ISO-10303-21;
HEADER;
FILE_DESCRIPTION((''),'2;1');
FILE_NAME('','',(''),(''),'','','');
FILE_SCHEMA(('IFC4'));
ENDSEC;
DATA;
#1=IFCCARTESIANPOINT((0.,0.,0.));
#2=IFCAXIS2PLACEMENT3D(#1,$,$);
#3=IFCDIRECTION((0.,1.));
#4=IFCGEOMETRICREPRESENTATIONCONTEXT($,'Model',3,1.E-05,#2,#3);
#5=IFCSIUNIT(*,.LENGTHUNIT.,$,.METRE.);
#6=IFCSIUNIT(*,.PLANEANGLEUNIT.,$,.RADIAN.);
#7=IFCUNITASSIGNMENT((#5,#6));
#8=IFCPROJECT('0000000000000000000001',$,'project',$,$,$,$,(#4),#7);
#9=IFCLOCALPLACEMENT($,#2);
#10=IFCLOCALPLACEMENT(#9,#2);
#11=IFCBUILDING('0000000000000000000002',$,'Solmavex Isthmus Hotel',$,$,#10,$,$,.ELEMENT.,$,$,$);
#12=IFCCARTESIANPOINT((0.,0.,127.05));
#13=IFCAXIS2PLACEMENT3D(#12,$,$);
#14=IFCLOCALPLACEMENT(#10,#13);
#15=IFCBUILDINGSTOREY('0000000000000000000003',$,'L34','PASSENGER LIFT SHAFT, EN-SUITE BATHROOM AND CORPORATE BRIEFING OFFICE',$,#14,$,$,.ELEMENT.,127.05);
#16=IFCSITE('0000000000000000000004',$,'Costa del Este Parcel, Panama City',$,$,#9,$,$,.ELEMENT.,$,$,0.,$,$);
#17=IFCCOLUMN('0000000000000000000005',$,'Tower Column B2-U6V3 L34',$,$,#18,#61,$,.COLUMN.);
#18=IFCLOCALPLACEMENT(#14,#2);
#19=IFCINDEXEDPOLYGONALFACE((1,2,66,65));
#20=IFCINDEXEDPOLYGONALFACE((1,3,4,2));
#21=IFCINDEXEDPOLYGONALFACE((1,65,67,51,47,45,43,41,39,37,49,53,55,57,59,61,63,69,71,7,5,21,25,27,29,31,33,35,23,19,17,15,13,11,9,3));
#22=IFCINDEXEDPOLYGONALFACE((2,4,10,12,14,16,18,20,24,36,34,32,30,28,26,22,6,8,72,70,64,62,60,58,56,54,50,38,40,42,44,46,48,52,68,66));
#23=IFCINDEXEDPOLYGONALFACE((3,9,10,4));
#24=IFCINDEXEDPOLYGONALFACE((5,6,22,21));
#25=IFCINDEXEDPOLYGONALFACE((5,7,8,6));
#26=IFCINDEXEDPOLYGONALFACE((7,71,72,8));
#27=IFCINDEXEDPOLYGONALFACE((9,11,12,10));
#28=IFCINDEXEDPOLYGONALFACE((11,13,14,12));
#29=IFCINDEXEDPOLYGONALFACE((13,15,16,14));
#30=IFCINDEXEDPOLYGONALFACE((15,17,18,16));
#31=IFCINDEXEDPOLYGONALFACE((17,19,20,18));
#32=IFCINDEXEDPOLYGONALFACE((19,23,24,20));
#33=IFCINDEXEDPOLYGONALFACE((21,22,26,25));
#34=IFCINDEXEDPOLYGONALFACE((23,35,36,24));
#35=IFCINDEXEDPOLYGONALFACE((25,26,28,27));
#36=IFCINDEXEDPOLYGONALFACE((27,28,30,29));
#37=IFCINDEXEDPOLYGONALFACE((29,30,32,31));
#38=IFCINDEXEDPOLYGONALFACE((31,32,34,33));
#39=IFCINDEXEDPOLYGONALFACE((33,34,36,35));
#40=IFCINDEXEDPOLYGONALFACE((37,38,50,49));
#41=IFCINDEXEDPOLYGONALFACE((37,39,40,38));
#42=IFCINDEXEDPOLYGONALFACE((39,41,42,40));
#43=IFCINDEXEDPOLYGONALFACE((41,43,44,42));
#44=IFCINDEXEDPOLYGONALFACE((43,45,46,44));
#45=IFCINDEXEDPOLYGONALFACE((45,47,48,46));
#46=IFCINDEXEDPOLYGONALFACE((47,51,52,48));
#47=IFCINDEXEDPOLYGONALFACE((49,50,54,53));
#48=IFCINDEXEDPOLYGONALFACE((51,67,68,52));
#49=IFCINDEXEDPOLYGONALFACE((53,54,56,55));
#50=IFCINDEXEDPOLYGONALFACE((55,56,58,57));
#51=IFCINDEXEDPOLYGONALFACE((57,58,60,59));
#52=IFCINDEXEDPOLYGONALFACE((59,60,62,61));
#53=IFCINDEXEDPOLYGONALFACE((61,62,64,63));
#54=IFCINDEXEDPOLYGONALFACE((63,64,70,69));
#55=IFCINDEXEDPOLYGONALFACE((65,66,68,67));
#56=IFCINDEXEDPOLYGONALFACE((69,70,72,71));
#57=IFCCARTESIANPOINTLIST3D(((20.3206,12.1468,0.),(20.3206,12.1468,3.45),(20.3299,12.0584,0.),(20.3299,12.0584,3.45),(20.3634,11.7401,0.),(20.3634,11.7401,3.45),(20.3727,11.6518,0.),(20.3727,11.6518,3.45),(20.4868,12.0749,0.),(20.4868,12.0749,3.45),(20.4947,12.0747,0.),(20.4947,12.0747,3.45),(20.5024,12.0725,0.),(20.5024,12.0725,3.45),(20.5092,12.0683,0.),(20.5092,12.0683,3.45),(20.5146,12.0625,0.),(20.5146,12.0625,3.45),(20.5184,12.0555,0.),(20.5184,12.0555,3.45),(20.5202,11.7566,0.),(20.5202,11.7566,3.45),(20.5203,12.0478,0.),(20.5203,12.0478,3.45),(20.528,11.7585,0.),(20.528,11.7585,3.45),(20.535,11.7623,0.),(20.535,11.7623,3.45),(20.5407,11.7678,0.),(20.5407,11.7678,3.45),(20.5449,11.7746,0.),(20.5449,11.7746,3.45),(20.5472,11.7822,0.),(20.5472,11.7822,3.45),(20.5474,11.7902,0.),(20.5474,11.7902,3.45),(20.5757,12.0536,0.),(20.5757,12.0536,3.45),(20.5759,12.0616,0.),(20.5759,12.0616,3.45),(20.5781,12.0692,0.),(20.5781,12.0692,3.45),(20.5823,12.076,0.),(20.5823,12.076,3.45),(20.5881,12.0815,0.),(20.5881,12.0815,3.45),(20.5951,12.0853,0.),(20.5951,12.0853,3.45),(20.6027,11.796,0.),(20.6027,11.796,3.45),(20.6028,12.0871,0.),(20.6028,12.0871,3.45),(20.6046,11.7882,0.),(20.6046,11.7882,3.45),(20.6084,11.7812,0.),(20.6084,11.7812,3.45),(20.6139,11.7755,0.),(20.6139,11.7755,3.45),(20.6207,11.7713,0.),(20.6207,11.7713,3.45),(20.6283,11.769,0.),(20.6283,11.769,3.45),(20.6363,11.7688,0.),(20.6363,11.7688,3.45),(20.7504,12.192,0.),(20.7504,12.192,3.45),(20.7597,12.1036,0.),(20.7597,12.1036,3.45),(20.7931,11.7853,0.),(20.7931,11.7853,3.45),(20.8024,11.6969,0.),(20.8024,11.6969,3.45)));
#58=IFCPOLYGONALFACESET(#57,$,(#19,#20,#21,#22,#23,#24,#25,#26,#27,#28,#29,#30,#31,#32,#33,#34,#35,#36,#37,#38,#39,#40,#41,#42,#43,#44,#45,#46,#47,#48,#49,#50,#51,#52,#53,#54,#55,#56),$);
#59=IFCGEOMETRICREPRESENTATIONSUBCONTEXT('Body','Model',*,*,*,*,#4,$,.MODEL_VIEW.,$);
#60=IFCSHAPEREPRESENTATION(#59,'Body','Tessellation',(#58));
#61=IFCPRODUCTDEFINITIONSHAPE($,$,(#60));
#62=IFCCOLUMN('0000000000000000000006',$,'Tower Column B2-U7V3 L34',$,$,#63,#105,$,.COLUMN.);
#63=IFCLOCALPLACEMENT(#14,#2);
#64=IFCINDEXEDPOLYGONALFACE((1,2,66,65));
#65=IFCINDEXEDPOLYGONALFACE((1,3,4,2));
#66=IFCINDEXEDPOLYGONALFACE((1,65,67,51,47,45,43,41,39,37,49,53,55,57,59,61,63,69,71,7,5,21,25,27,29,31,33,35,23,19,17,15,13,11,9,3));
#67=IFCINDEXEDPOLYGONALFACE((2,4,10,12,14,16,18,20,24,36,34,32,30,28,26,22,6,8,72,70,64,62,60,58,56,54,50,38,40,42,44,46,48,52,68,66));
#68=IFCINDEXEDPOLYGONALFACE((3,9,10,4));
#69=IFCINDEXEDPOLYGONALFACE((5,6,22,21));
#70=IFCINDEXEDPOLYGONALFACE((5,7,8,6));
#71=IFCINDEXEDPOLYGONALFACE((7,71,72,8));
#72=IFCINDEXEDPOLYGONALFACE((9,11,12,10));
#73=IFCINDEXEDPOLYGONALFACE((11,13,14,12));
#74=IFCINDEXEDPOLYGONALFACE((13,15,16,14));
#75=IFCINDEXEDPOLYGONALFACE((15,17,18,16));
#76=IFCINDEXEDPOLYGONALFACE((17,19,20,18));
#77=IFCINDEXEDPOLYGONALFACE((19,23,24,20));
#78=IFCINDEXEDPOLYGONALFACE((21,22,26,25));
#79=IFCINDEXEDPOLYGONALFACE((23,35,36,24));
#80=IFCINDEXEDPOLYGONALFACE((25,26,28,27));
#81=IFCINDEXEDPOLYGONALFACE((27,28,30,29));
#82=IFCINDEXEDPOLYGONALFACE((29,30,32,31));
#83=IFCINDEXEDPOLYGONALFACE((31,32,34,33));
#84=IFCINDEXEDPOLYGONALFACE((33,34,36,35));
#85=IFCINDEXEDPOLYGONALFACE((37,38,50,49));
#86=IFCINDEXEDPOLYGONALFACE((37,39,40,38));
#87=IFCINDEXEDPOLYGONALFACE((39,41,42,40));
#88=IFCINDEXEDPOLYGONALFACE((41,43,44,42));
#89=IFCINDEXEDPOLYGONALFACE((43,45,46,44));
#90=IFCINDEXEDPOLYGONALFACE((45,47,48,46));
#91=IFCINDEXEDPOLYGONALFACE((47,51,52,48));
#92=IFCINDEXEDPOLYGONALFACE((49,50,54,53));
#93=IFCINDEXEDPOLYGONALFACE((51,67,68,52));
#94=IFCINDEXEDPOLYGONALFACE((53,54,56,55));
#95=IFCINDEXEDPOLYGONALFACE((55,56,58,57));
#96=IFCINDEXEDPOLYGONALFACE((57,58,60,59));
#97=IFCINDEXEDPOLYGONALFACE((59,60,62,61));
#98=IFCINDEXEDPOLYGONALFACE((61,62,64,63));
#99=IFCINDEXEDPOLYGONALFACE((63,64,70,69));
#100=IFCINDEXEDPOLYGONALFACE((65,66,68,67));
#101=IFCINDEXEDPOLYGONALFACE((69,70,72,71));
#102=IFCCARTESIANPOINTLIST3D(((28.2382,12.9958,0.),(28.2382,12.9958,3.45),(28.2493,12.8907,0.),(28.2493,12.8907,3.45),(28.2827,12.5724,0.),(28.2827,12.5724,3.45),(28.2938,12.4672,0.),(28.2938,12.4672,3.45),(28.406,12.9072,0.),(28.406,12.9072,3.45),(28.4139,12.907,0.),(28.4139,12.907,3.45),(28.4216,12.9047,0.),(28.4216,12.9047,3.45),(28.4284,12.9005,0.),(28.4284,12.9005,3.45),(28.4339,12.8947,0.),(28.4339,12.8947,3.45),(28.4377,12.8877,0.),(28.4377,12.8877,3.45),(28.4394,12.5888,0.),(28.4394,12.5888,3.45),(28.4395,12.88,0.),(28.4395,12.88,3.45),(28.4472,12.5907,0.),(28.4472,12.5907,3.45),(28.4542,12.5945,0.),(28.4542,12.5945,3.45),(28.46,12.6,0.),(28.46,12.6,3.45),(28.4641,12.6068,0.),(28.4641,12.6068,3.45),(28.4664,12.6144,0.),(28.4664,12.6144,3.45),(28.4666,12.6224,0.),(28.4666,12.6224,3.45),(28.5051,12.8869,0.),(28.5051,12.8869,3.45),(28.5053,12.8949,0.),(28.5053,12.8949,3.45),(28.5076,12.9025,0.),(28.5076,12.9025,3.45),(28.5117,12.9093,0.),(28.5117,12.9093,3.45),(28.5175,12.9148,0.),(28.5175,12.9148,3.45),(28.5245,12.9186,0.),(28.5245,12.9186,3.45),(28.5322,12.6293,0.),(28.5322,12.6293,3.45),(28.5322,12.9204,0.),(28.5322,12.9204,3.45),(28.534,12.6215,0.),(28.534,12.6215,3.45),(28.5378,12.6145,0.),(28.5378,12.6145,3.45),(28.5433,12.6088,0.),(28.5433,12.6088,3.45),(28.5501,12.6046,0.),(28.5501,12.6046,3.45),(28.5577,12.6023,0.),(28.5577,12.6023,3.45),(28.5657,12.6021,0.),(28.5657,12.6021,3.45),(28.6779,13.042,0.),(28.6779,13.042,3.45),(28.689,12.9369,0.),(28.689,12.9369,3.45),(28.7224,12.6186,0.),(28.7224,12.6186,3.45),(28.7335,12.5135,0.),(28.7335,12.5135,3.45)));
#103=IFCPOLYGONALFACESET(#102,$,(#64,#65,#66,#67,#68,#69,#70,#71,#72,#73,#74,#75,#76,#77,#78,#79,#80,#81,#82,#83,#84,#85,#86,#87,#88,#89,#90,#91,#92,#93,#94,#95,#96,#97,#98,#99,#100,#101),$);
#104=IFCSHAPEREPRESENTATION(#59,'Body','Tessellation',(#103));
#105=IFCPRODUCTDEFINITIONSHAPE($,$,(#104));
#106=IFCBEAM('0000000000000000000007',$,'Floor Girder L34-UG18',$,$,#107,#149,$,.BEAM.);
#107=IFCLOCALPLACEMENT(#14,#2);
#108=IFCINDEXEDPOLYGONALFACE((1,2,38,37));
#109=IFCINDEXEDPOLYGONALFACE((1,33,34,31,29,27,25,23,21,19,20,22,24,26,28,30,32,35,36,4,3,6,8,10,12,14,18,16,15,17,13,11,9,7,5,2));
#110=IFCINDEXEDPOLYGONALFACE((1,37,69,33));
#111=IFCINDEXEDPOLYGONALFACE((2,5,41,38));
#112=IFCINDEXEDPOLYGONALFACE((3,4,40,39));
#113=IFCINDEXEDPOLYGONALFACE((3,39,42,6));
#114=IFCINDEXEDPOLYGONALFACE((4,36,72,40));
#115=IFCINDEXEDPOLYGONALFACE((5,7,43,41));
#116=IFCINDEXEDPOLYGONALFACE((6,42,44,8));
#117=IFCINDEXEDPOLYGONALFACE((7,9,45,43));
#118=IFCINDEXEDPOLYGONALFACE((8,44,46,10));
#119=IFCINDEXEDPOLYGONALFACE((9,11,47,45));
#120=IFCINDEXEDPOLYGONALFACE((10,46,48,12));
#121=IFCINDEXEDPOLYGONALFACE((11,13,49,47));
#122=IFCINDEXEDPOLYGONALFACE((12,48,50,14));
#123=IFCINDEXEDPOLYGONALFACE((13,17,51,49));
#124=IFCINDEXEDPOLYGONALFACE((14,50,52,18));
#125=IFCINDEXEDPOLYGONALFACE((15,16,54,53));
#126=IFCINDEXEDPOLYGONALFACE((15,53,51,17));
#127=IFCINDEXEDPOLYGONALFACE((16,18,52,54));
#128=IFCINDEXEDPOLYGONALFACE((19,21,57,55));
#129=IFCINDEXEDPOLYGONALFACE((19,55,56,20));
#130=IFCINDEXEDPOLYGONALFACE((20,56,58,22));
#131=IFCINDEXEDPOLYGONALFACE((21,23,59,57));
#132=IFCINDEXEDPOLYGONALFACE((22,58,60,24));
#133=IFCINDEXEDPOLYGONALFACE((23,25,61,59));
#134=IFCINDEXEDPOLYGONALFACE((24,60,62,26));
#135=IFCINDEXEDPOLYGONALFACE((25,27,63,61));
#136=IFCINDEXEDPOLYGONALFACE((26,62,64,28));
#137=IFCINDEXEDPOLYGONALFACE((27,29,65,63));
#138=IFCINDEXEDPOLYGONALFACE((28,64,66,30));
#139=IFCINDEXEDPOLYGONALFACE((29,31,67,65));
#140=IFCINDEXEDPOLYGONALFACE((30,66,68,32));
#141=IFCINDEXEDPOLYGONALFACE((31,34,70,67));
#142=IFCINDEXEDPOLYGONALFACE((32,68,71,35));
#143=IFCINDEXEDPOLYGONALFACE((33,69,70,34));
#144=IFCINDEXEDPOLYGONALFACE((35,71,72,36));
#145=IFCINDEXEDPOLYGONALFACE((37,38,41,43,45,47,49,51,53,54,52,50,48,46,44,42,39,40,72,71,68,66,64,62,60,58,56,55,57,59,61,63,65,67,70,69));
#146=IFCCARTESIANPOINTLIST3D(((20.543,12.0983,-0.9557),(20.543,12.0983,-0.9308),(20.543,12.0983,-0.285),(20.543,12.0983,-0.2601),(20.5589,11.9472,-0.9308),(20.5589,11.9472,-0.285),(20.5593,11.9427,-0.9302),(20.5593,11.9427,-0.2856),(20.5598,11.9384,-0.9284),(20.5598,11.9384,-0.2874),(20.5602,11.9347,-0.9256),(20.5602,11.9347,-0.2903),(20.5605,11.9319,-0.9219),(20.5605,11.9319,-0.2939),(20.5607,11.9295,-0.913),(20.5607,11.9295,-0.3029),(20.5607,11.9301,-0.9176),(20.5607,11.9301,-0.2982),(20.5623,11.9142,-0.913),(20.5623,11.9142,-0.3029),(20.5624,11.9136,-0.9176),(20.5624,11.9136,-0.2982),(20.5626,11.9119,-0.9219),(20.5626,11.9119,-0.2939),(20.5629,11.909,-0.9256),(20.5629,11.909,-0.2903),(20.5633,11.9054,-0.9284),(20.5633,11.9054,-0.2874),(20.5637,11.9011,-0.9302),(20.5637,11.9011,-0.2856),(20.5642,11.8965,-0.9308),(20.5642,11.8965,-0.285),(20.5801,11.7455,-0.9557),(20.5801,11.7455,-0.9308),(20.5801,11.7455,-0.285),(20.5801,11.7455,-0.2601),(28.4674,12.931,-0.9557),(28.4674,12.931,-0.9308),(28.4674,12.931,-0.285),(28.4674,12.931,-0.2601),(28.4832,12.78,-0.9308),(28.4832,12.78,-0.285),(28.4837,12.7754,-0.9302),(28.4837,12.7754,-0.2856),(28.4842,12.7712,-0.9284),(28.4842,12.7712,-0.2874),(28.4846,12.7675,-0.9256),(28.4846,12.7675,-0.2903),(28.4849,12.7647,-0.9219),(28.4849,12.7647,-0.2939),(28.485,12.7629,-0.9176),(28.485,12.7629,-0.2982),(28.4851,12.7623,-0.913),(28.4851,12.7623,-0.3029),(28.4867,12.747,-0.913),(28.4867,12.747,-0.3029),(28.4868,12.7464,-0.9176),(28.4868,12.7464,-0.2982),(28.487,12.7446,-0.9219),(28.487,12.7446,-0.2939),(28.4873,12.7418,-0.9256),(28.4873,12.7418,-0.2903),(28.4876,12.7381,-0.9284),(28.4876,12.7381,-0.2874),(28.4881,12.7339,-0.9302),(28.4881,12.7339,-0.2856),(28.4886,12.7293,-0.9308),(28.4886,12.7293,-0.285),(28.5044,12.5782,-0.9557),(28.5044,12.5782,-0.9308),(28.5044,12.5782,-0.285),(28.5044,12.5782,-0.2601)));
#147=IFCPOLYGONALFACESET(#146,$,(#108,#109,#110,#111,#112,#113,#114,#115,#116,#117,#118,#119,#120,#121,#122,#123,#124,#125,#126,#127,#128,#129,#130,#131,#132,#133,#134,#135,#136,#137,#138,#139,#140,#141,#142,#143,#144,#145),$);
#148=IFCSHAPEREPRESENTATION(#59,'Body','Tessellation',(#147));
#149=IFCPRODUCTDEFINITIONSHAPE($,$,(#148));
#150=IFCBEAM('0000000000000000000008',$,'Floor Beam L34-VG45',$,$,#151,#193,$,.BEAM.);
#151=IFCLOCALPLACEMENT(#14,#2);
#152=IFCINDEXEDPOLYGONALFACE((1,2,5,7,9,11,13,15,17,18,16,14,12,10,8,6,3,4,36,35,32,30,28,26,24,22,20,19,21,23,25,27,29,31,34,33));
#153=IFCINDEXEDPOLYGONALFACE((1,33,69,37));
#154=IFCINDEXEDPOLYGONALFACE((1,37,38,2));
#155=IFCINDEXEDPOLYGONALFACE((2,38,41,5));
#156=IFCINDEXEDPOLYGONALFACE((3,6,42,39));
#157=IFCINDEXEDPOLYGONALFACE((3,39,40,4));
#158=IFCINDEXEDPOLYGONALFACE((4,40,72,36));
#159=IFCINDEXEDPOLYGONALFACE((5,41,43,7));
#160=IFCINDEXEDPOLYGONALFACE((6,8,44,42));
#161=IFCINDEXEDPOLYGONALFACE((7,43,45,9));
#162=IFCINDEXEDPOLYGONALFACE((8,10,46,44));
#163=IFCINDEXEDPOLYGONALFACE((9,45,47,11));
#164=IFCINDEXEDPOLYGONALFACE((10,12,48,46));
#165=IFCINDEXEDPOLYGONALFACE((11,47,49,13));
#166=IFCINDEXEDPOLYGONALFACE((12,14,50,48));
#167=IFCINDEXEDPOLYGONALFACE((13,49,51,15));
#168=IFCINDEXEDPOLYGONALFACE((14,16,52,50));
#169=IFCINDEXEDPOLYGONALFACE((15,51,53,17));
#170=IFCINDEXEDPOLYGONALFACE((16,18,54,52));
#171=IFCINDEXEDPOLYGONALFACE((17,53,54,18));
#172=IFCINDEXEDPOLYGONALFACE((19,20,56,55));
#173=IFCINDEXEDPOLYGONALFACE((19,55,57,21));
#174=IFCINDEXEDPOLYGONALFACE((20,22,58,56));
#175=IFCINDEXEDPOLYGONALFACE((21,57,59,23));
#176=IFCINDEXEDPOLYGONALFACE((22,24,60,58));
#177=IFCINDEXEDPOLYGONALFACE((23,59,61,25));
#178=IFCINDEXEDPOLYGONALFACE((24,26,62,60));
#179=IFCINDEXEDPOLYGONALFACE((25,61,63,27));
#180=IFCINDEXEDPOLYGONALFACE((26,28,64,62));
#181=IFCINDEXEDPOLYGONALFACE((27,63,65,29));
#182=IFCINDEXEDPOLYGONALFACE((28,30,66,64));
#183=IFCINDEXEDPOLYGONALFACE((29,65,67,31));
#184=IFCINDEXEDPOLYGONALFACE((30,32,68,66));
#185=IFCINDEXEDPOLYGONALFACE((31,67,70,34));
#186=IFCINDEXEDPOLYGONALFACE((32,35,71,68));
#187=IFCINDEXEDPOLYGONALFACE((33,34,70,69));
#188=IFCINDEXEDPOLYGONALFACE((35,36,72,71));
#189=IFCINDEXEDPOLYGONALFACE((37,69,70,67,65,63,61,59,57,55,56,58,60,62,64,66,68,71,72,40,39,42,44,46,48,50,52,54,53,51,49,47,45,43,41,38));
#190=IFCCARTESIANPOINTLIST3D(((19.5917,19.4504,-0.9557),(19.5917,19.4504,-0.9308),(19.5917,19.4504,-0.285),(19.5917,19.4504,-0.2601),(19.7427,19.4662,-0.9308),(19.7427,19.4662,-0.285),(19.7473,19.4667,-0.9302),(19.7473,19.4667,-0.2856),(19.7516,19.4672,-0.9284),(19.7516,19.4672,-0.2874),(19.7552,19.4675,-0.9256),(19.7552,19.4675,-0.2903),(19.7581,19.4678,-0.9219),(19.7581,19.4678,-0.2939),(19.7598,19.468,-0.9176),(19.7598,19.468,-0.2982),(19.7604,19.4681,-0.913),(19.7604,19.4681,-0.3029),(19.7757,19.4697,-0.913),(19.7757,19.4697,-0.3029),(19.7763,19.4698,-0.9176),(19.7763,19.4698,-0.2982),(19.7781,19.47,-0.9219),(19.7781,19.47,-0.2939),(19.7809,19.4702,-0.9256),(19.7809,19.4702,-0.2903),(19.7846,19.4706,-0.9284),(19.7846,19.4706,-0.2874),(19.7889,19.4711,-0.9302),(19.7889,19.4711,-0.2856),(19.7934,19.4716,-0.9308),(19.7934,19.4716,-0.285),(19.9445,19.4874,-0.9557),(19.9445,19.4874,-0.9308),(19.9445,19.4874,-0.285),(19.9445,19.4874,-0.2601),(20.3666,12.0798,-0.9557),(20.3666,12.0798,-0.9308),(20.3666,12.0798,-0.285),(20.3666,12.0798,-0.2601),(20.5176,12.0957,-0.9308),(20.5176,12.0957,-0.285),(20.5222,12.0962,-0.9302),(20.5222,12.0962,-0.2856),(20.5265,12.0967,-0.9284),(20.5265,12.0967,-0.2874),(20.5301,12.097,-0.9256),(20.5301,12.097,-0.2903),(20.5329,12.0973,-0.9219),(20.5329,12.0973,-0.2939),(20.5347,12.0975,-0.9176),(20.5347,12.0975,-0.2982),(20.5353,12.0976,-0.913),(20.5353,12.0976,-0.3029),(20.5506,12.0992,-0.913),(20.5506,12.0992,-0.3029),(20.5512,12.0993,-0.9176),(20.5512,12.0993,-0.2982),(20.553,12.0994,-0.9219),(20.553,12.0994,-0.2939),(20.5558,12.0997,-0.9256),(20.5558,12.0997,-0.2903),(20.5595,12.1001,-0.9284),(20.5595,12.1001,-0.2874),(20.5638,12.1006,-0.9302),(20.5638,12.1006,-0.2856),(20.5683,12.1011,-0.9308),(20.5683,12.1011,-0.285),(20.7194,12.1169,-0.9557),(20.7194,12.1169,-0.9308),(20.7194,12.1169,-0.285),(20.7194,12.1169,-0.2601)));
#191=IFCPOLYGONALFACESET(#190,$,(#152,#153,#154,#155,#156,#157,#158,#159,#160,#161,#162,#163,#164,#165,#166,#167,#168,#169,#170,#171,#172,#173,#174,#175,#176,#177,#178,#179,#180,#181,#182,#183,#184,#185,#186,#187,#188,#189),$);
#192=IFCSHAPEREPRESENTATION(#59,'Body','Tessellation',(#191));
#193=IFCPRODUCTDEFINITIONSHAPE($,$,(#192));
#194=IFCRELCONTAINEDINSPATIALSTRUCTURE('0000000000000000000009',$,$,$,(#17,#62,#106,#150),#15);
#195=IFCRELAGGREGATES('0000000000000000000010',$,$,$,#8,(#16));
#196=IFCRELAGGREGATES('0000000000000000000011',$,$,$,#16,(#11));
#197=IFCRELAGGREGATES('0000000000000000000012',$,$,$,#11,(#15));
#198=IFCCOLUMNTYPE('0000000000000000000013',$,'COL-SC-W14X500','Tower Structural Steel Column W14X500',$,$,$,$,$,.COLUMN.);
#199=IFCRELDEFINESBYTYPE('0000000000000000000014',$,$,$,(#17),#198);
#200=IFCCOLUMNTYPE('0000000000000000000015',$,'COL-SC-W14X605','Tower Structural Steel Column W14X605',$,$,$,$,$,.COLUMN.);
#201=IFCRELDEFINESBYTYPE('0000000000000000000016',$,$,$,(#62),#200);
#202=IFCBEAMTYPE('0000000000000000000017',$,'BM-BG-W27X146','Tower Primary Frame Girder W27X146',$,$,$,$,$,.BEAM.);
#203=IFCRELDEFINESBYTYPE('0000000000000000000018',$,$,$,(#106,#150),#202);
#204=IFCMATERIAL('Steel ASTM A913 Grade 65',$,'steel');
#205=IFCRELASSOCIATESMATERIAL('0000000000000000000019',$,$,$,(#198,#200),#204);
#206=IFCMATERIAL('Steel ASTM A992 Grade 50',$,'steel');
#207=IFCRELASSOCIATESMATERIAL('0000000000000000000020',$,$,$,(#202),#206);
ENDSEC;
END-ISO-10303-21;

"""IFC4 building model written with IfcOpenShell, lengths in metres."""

from ifc_helpers import new_model, si_unit, direction, frame, origin, origin_2d, place, context, subcontext, project, spatial, i_section, extrude, material, material_profile, profile_set, type_object, element, save


model = new_model("IFC4")

# Units and contexts
model_context = context("Model", 3, precision=1e-05, world=origin(), true_north=direction((0.0, 1.0)))
body_context = subcontext(model_context, "Body", "Model", "MODEL_VIEW")
ifc_project = project(units=[si_unit("LENGTHUNIT", "METRE"), si_unit("PLANEANGLEUNIT", "RADIAN")], contexts=[model_context])

# Site, building, storey
site_placement = place(None, origin())
site = spatial("IfcSite", under=ifc_project, at=site_placement, Name="Costa del Este Parcel, Panama City", CompositionType="ELEMENT", RefElevation=0.0)
building_placement = place(site_placement, origin())
building = spatial("IfcBuilding", under=site, at=building_placement, Name="Solmavex Isthmus Hotel", CompositionType="ELEMENT")
storey_placement = place(building_placement, frame((0.0, 0.0, 127.05)))
storey = spatial("IfcBuildingStorey", under=building, at=storey_placement, Name="L34", Description="PASSENGER LIFT SHAFT, EN-SUITE BATHROOM AND CORPORATE BRIEFING OFFICE", CompositionType="ELEMENT", Elevation=127.05)

# Columns
ifc_material_1 = material(Name="Steel ASTM A913 Grade 65", Category="steel")
ifc_material_profile_1 = material_profile(ifc_material_1, i_section(OverallWidth=0.4321, OverallDepth=0.4978, WebThickness=0.0557, FlangeThickness=0.0889, FilletRadius=0.0305, at=origin_2d()), Name="W14X500")
ifc_profile_set_1 = profile_set([ifc_material_profile_1], Name="Steel ASTM A913 Grade 65")
column_type_1 = type_object("IfcColumnType", Name="COL-SC-W14X500", Description="Tower Structural Steel Column W14X500", PredefinedType="COLUMN", material=ifc_profile_set_1)
column_1_placement = place(storey_placement, frame((20.5615, 11.9219, 0.0), z_axis=(0.0, 0.0, 1.0), x_axis=(0.994522, 0.104528, 0.0)))
element("IfcColumn", 1, at=column_1_placement, inside=storey, type_object=column_type_1, Name="Tower Column B2-U6V3 L34", PredefinedType="COLUMN", context=body_context, shape_type="SweptSolid", body=[
    extrude(i_section(OverallWidth=0.4321, OverallDepth=0.4978, WebThickness=0.0557, FlangeThickness=0.0889, FilletRadius=0.0305, at=origin_2d()), origin(), (0.0, 0.0, 1.0), 3.45),
])
ifc_material_profile_2 = material_profile(ifc_material_1, i_section(OverallWidth=0.4421, OverallDepth=0.5315, WebThickness=0.0659, FlangeThickness=0.1057, FilletRadius=0.0305, at=origin_2d()), Name="W14X605")
ifc_profile_set_2 = profile_set([ifc_material_profile_2], Name="Steel ASTM A913 Grade 65")
column_type_2 = type_object("IfcColumnType", Name="COL-SC-W14X605", Description="Tower Structural Steel Column W14X605", PredefinedType="COLUMN", material=ifc_profile_set_2)
column_2_placement = place(storey_placement, frame((28.4858, 12.7546, 0.0), z_axis=(0.0, 0.0, 1.0), x_axis=(0.994522, 0.104528, 0.0)))
element("IfcColumn", 2, at=column_2_placement, inside=storey, type_object=column_type_2, Name="Tower Column B2-U7V3 L34", PredefinedType="COLUMN", context=body_context, shape_type="SweptSolid", body=[
    extrude(i_section(OverallWidth=0.4421, OverallDepth=0.5315, WebThickness=0.0659, FlangeThickness=0.1057, FilletRadius=0.0305, at=origin_2d()), origin(), (0.0, 0.0, 1.0), 3.45),
])

# Beams
ifc_material_2 = material(Name="Steel ASTM A992 Grade 50", Category="steel")
ifc_material_profile_3 = material_profile(ifc_material_2, i_section(OverallWidth=0.3547, OverallDepth=0.6956, WebThickness=0.0154, FlangeThickness=0.0249, FilletRadius=0.0178, at=origin_2d()), Name="W27X146")
ifc_profile_set_3 = profile_set([ifc_material_profile_3], Name="Steel ASTM A992 Grade 50")
beam_type_1 = type_object("IfcBeamType", Name="BM-BG-W27X146", Description="Tower Primary Frame Girder W27X146", PredefinedType="BEAM", material=ifc_profile_set_3)
beam_1_placement = place(storey_placement, frame((20.5615, 11.9219, -0.6079), z_axis=(0.994523, 0.104514, 0.0), x_axis=(-0.104514, 0.994523, 0.0)))
element("IfcBeam", 3, at=beam_1_placement, inside=storey, type_object=beam_type_1, Name="Floor Girder L34-UG18", PredefinedType="BEAM", context=body_context, shape_type="SweptSolid", body=[
    extrude(i_section(OverallWidth=0.3547, OverallDepth=0.6956, WebThickness=0.0154, FlangeThickness=0.0249, FilletRadius=0.0178, at=origin_2d()), origin(), (0.0, 0.0, 1.0), 7.968),
])
beam_2_placement = place(storey_placement, frame((20.543, 12.0984, -0.6079), z_axis=(-0.104558, 0.994519, 0.0), x_axis=(-0.994519, -0.104558, 0.0)))
element("IfcBeam", 4, at=beam_2_placement, inside=storey, type_object=beam_type_1, Name="Floor Beam L34-VG45", PredefinedType="BEAM", context=body_context, shape_type="SweptSolid", body=[
    extrude(i_section(OverallWidth=0.3547, OverallDepth=0.6956, WebThickness=0.0154, FlangeThickness=0.0249, FilletRadius=0.0178, at=origin_2d()), origin(), (0.0, 0.0, 1.0), 7.4111),
])

save(model, "model.ifc")
